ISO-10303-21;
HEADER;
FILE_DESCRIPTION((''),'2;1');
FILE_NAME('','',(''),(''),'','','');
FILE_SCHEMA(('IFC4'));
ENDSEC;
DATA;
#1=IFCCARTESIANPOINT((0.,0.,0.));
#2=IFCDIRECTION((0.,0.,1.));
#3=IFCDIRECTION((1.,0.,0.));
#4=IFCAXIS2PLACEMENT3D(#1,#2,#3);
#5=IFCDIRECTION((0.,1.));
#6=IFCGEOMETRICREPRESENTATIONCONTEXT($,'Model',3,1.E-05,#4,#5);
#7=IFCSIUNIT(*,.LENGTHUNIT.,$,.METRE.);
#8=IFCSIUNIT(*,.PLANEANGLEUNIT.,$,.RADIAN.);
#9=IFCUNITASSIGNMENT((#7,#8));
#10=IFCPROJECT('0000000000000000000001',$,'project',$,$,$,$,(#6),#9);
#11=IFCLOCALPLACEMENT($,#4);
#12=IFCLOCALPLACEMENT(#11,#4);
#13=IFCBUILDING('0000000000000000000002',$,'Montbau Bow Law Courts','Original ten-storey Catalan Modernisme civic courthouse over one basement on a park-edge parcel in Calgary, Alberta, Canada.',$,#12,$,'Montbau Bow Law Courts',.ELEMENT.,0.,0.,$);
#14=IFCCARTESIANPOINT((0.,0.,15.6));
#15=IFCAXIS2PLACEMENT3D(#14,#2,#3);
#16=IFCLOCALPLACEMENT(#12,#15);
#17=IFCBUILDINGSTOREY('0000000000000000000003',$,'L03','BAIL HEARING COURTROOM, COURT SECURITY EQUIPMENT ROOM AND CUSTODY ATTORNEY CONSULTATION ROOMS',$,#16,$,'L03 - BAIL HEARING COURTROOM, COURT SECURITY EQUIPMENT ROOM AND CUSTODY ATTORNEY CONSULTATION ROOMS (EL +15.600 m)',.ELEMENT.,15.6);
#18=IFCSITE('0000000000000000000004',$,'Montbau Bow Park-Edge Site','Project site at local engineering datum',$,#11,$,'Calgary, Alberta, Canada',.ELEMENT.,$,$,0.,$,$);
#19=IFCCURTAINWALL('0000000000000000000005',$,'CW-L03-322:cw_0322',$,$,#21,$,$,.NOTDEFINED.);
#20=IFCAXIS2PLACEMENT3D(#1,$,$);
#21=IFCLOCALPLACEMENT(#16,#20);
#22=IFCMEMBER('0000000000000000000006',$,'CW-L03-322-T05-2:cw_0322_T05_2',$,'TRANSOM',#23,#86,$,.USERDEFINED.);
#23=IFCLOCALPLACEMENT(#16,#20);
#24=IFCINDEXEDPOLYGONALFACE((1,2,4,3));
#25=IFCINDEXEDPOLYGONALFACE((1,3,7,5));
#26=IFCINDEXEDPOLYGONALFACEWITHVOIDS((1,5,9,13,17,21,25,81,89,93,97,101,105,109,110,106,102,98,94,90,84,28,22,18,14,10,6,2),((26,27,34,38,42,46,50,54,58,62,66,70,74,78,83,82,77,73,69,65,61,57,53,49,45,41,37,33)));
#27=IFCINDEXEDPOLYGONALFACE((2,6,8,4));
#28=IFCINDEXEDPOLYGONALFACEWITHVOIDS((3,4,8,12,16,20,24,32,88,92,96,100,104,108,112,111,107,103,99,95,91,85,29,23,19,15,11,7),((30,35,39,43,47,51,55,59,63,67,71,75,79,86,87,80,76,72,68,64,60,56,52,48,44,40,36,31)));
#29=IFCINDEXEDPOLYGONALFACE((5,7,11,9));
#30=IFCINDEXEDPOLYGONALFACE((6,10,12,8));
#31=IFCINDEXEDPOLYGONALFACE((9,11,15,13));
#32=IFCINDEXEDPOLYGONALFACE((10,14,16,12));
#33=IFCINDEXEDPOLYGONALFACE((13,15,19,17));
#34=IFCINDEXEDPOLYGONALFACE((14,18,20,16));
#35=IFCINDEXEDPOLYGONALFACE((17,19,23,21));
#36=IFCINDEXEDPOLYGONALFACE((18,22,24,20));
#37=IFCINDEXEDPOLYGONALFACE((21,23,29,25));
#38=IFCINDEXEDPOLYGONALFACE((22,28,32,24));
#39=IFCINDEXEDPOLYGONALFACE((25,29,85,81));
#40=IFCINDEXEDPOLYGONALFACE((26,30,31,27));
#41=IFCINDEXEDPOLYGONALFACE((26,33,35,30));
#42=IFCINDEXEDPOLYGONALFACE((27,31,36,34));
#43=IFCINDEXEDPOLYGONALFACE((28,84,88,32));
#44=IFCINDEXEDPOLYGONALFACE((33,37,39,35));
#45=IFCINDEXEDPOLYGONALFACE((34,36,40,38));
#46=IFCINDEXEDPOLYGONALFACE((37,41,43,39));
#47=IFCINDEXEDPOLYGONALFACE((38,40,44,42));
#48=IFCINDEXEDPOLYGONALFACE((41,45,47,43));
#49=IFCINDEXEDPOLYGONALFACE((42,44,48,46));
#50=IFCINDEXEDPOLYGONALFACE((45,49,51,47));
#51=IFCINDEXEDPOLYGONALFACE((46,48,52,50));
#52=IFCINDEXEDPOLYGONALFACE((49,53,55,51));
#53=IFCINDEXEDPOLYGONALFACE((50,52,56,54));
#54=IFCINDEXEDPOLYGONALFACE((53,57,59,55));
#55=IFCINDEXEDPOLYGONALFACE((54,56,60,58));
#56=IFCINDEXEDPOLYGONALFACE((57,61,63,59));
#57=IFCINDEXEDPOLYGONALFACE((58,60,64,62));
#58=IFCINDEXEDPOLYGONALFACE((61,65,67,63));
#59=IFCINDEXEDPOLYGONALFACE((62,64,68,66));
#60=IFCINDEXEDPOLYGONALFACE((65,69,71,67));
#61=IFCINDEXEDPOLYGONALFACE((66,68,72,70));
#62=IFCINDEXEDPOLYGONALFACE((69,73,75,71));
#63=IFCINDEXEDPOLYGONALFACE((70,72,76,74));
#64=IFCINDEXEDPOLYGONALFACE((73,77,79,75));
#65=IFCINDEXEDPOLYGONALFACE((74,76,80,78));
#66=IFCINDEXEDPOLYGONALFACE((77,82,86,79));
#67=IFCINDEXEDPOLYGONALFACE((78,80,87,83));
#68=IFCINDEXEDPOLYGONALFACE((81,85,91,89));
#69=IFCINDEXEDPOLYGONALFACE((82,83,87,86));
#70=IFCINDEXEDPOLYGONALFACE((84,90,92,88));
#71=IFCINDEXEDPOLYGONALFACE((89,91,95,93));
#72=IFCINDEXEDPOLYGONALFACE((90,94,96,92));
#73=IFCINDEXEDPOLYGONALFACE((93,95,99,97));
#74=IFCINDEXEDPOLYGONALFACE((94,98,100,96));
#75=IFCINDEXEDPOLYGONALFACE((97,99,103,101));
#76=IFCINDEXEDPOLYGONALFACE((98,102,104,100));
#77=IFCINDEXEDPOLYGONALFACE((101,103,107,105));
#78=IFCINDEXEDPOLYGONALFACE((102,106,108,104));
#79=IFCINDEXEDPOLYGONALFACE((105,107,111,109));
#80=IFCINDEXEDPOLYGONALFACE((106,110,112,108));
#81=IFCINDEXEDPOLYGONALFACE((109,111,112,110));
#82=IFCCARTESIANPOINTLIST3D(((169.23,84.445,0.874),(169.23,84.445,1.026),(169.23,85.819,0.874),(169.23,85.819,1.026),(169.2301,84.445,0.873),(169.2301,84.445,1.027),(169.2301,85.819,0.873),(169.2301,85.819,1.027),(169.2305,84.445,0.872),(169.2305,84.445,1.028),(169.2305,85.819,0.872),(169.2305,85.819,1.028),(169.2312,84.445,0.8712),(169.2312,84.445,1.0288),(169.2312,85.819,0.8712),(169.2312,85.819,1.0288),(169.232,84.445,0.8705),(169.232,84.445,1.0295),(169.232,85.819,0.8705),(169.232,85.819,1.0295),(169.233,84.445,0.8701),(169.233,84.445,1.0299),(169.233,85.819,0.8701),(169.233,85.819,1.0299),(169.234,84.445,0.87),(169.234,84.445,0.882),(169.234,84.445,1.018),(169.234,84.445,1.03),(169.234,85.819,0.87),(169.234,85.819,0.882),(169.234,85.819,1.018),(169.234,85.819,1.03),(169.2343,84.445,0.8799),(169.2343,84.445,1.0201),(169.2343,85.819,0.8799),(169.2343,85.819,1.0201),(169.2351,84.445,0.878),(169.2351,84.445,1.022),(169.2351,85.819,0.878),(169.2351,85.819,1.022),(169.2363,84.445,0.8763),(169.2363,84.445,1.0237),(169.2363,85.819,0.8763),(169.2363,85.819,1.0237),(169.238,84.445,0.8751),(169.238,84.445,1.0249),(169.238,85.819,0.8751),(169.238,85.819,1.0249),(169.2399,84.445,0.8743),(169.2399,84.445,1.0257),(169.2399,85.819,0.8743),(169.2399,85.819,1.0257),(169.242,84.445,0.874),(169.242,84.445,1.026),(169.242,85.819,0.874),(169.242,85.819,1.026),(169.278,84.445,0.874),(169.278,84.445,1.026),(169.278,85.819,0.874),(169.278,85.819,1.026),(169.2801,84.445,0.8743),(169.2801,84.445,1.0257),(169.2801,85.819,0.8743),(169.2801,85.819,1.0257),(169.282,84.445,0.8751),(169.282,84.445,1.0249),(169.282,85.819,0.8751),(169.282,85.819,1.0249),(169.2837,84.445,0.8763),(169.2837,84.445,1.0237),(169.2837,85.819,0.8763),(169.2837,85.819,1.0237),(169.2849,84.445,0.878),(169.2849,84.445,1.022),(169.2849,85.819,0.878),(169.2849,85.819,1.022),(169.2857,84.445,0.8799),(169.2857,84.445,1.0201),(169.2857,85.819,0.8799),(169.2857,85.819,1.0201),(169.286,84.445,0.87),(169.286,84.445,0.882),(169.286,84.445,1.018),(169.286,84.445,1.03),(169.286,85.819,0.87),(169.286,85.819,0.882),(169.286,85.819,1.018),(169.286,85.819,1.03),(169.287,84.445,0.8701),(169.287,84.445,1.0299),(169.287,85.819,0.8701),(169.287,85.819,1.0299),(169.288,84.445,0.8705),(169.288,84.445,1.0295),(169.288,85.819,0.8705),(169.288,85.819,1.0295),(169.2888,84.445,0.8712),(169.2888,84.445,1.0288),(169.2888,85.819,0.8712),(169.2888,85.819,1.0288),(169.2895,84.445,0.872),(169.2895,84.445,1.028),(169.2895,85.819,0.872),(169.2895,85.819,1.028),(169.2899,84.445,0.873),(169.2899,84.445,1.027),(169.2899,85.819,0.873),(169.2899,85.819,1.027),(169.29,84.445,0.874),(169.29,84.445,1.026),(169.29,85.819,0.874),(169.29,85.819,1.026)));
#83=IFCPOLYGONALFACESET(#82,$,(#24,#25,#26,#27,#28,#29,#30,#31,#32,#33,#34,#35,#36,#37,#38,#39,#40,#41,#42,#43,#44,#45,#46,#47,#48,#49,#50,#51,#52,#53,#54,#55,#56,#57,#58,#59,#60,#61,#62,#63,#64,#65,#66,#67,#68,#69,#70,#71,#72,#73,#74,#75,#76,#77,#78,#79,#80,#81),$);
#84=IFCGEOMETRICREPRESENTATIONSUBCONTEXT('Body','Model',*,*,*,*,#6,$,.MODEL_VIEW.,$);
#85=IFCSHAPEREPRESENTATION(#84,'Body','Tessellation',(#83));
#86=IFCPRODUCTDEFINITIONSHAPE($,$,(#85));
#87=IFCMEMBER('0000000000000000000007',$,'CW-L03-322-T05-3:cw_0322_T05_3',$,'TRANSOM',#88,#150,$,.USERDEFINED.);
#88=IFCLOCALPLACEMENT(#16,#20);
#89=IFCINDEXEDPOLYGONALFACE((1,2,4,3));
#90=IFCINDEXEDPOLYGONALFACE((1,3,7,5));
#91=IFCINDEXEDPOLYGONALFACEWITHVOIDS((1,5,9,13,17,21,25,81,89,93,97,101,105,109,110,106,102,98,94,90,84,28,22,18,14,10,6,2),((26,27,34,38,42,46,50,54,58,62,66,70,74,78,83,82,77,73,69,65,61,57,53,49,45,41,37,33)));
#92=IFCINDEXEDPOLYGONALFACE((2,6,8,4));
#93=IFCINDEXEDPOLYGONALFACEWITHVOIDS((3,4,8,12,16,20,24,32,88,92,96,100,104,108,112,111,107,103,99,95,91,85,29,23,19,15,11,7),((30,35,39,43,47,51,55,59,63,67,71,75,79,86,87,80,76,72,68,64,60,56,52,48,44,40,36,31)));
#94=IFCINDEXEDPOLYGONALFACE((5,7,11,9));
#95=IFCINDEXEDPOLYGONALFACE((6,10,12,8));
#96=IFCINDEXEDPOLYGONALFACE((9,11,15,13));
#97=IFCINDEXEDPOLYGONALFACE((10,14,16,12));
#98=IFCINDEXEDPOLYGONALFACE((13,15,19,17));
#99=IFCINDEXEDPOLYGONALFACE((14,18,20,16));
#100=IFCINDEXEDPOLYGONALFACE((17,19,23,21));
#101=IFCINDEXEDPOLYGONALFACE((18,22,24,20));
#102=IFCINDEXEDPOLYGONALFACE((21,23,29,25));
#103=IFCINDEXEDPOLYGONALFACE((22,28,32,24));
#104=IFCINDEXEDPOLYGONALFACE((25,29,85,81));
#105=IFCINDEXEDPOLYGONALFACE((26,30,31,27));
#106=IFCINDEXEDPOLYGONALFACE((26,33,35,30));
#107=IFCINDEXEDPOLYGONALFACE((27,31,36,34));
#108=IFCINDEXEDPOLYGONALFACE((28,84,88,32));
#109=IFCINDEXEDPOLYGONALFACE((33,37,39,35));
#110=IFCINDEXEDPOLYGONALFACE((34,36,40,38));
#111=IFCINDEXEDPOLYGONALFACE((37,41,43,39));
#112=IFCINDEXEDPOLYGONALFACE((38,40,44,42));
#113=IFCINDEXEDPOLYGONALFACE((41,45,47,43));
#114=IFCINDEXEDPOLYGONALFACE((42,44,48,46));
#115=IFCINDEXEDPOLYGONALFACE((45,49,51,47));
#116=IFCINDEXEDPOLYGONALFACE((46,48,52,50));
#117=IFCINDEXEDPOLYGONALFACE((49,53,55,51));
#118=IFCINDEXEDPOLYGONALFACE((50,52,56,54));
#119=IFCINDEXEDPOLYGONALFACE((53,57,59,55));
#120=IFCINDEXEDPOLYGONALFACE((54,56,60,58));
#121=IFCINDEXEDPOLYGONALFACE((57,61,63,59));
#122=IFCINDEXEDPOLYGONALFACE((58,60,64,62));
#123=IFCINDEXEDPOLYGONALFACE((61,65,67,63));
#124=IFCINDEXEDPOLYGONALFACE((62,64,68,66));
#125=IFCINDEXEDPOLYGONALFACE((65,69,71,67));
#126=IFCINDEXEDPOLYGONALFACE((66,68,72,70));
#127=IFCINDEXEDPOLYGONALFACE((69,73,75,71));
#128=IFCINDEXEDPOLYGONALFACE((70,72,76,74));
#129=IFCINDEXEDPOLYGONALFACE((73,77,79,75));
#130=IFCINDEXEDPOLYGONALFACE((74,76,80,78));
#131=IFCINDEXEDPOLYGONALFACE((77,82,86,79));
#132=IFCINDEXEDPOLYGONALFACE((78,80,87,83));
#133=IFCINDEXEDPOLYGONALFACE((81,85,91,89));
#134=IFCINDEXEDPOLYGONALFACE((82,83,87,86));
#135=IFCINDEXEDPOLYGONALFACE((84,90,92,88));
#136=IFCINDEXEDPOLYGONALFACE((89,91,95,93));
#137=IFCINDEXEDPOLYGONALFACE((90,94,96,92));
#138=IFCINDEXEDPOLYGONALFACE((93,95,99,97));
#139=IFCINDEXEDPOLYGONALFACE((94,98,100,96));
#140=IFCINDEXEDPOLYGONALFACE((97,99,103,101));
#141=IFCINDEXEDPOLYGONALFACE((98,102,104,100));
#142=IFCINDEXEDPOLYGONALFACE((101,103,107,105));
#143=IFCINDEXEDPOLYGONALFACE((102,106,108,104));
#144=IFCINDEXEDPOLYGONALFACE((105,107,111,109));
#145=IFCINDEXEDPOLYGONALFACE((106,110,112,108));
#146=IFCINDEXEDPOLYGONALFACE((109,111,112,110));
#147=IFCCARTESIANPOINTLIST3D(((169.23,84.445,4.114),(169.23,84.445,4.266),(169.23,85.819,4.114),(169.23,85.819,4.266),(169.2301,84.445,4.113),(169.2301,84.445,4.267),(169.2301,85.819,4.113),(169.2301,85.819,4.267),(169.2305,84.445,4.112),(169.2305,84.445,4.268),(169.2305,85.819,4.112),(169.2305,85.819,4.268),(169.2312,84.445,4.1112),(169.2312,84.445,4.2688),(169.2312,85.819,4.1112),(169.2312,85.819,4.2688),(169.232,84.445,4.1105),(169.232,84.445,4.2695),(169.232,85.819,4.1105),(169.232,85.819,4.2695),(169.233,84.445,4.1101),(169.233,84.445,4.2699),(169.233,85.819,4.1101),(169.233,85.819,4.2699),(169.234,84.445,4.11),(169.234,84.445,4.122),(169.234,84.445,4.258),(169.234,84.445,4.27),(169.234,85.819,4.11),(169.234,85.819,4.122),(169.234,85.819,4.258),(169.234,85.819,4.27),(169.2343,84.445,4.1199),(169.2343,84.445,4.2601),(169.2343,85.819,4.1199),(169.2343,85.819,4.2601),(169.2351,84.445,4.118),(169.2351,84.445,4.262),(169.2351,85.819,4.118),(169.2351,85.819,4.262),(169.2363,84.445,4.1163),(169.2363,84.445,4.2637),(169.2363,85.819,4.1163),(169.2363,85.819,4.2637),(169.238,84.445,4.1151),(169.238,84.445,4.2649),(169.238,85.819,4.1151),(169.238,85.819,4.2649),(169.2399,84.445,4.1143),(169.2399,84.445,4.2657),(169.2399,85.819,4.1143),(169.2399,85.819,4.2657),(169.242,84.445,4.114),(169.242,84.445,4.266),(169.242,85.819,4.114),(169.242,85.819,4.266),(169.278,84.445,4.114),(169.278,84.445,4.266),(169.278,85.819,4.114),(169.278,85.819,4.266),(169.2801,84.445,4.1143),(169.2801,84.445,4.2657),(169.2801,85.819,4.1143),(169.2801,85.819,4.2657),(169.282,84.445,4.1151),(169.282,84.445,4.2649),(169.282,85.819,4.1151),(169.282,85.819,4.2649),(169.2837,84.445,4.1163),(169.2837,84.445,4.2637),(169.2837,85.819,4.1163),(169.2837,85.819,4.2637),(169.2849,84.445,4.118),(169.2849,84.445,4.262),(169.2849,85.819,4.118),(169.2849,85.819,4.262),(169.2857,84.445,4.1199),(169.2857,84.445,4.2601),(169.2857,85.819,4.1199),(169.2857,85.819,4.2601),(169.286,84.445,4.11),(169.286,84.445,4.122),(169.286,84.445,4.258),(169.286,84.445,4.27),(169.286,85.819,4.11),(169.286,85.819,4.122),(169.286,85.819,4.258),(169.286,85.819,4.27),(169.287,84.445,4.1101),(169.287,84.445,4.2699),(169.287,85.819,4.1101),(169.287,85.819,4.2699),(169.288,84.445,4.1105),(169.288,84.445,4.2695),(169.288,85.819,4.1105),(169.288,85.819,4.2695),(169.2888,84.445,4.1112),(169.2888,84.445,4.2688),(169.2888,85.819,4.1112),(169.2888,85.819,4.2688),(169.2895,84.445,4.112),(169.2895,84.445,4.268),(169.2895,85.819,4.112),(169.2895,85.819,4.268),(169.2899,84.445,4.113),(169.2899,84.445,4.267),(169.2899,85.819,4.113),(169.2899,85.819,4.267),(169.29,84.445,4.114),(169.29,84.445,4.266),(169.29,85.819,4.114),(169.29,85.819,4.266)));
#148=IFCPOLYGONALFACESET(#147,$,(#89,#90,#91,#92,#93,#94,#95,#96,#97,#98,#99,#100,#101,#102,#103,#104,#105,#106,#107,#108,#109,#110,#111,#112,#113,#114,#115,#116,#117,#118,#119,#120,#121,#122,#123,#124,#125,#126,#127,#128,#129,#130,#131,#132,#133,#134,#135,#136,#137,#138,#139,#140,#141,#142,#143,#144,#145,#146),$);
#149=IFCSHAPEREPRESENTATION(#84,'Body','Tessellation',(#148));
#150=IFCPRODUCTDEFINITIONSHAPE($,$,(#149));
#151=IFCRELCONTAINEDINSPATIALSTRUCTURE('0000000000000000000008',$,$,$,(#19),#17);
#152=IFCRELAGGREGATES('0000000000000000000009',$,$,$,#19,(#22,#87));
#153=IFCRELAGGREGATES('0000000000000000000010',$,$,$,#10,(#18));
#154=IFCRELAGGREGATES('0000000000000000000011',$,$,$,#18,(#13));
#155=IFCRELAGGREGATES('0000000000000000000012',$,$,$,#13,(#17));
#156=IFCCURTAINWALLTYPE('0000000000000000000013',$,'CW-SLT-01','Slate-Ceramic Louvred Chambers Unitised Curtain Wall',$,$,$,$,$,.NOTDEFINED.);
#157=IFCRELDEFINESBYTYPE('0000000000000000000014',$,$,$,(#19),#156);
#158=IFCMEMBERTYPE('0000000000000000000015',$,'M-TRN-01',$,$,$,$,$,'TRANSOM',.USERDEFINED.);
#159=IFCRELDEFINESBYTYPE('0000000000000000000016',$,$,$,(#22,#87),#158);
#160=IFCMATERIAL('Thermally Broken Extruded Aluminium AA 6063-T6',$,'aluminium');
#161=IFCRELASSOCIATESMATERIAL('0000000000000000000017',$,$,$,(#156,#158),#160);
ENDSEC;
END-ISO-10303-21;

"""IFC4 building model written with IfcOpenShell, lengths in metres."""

from ifc_helpers import new_model, si_unit, direction, frame, origin_with_axes, origin_2d_with_axis, place, context, subcontext, project, spatial, hollow_rectangle, extrude, material, material_profile, profile_set, type_object, element, aggregate, save


model = new_model("IFC4")

# Units and contexts
model_context = context("Model", 3, precision=1e-05, world=origin_with_axes(), true_north=direction((0.0, 1.0)))
body_context = subcontext(model_context, "Body", "Model", "MODEL_VIEW")
ifc_project = project(units=[si_unit("LENGTHUNIT", "METRE"), si_unit("PLANEANGLEUNIT", "RADIAN")], contexts=[model_context])

# Site, building, storey
site_placement = place(None, origin_with_axes())
site = spatial("IfcSite", under=ifc_project, at=site_placement, Name="Montbau Bow Park-Edge Site", Description="Project site at local engineering datum", LongName="Calgary, Alberta, Canada", CompositionType="ELEMENT", RefElevation=0.0)
building_placement = place(site_placement, origin_with_axes())
building = spatial("IfcBuilding", under=site, at=building_placement, Name="Montbau Bow Law Courts", Description="Original ten-storey Catalan Modernisme civic courthouse over one basement on a park-edge parcel in Calgary, Alberta, Canada.", LongName="Montbau Bow Law Courts", CompositionType="ELEMENT", ElevationOfRefHeight=0.0, ElevationOfTerrain=0.0)
storey_placement = place(building_placement, frame((0.0, 0.0, 15.6), z_axis=(0.0, 0.0, 1.0), x_axis=(1.0, 0.0, 0.0)))
storey = spatial("IfcBuildingStorey", under=building, at=storey_placement, Name="L03", Description="BAIL HEARING COURTROOM, COURT SECURITY EQUIPMENT ROOM AND CUSTODY ATTORNEY CONSULTATION ROOMS", LongName="L03 - BAIL HEARING COURTROOM, COURT SECURITY EQUIPMENT ROOM AND CUSTODY ATTORNEY CONSULTATION ROOMS (EL +15.600 m)", CompositionType="ELEMENT", Elevation=15.6)

# Curtain wall
ifc_material_1 = material(Name="Thermally Broken Extruded Aluminium AA 6063-T6", Category="aluminium")
curtain_wall_type = type_object("IfcCurtainWallType", Name="CW-SLT-01", Description="Slate-Ceramic Louvred Chambers Unitised Curtain Wall", PredefinedType="NOTDEFINED", material=ifc_material_1)
curtain_wall_1_placement = place(None, frame((169.26, 78.515, 15.6), z_axis=(0.0, 0.0, 1.0), x_axis=(1.0, 0.0, 0.0)))
curtain_wall_1 = element("IfcCurtainWall", 1, at=curtain_wall_1_placement, inside=storey, type_object=curtain_wall_type, Name="CW-L03-322:cw_0322", PredefinedType="NOTDEFINED")

# Members
ifc_material_profile_1 = material_profile(ifc_material_1, hollow_rectangle(XDim=0.06, YDim=0.16, WallThickness=0.004, InnerFilletRadius=0.008, OuterFilletRadius=0.004, at=origin_2d_with_axis()), Name="CWT-160X60", Category="Main", Priority=0)
ifc_profile_set_1 = profile_set([ifc_material_profile_1], Name="Thermally Broken Extruded Aluminium AA 6063-T6")
member_type_1 = type_object("IfcMemberType", Name="M-TRN-01", ElementType="TRANSOM", PredefinedType="USERDEFINED", material=ifc_profile_set_1)
member_1_placement = place(None, frame((169.26, 84.445, 16.55), z_axis=(0.0, 1.0, 0.0), x_axis=(-1.0, 0.0, 0.0)))
member_1 = element("IfcMember", 2, at=member_1_placement, type_object=member_type_1, Name="CW-L03-322-T05-2:cw_0322_T05_2", ObjectType="TRANSOM", PredefinedType="USERDEFINED", context=body_context, shape_type="SweptSolid", body=[
    extrude(hollow_rectangle(XDim=0.06, YDim=0.16, WallThickness=0.004, InnerFilletRadius=0.008, OuterFilletRadius=0.004, at=origin_2d_with_axis()), origin_with_axes(), (0.0, 0.0, 1.0), 1.374),
])
member_2_placement = place(None, frame((169.26, 84.445, 19.79), z_axis=(0.0, 1.0, 0.0), x_axis=(-1.0, 0.0, 0.0)))
member_2 = element("IfcMember", 3, at=member_2_placement, type_object=member_type_1, Name="CW-L03-322-T05-3:cw_0322_T05_3", ObjectType="TRANSOM", PredefinedType="USERDEFINED", context=body_context, shape_type="SweptSolid", body=[
    extrude(hollow_rectangle(XDim=0.06, YDim=0.16, WallThickness=0.004, InnerFilletRadius=0.008, OuterFilletRadius=0.004, at=origin_2d_with_axis()), origin_with_axes(), (0.0, 0.0, 1.0), 1.374),
])

aggregate(curtain_wall_1, [member_1, member_2])

save(model, "model.ifc")
